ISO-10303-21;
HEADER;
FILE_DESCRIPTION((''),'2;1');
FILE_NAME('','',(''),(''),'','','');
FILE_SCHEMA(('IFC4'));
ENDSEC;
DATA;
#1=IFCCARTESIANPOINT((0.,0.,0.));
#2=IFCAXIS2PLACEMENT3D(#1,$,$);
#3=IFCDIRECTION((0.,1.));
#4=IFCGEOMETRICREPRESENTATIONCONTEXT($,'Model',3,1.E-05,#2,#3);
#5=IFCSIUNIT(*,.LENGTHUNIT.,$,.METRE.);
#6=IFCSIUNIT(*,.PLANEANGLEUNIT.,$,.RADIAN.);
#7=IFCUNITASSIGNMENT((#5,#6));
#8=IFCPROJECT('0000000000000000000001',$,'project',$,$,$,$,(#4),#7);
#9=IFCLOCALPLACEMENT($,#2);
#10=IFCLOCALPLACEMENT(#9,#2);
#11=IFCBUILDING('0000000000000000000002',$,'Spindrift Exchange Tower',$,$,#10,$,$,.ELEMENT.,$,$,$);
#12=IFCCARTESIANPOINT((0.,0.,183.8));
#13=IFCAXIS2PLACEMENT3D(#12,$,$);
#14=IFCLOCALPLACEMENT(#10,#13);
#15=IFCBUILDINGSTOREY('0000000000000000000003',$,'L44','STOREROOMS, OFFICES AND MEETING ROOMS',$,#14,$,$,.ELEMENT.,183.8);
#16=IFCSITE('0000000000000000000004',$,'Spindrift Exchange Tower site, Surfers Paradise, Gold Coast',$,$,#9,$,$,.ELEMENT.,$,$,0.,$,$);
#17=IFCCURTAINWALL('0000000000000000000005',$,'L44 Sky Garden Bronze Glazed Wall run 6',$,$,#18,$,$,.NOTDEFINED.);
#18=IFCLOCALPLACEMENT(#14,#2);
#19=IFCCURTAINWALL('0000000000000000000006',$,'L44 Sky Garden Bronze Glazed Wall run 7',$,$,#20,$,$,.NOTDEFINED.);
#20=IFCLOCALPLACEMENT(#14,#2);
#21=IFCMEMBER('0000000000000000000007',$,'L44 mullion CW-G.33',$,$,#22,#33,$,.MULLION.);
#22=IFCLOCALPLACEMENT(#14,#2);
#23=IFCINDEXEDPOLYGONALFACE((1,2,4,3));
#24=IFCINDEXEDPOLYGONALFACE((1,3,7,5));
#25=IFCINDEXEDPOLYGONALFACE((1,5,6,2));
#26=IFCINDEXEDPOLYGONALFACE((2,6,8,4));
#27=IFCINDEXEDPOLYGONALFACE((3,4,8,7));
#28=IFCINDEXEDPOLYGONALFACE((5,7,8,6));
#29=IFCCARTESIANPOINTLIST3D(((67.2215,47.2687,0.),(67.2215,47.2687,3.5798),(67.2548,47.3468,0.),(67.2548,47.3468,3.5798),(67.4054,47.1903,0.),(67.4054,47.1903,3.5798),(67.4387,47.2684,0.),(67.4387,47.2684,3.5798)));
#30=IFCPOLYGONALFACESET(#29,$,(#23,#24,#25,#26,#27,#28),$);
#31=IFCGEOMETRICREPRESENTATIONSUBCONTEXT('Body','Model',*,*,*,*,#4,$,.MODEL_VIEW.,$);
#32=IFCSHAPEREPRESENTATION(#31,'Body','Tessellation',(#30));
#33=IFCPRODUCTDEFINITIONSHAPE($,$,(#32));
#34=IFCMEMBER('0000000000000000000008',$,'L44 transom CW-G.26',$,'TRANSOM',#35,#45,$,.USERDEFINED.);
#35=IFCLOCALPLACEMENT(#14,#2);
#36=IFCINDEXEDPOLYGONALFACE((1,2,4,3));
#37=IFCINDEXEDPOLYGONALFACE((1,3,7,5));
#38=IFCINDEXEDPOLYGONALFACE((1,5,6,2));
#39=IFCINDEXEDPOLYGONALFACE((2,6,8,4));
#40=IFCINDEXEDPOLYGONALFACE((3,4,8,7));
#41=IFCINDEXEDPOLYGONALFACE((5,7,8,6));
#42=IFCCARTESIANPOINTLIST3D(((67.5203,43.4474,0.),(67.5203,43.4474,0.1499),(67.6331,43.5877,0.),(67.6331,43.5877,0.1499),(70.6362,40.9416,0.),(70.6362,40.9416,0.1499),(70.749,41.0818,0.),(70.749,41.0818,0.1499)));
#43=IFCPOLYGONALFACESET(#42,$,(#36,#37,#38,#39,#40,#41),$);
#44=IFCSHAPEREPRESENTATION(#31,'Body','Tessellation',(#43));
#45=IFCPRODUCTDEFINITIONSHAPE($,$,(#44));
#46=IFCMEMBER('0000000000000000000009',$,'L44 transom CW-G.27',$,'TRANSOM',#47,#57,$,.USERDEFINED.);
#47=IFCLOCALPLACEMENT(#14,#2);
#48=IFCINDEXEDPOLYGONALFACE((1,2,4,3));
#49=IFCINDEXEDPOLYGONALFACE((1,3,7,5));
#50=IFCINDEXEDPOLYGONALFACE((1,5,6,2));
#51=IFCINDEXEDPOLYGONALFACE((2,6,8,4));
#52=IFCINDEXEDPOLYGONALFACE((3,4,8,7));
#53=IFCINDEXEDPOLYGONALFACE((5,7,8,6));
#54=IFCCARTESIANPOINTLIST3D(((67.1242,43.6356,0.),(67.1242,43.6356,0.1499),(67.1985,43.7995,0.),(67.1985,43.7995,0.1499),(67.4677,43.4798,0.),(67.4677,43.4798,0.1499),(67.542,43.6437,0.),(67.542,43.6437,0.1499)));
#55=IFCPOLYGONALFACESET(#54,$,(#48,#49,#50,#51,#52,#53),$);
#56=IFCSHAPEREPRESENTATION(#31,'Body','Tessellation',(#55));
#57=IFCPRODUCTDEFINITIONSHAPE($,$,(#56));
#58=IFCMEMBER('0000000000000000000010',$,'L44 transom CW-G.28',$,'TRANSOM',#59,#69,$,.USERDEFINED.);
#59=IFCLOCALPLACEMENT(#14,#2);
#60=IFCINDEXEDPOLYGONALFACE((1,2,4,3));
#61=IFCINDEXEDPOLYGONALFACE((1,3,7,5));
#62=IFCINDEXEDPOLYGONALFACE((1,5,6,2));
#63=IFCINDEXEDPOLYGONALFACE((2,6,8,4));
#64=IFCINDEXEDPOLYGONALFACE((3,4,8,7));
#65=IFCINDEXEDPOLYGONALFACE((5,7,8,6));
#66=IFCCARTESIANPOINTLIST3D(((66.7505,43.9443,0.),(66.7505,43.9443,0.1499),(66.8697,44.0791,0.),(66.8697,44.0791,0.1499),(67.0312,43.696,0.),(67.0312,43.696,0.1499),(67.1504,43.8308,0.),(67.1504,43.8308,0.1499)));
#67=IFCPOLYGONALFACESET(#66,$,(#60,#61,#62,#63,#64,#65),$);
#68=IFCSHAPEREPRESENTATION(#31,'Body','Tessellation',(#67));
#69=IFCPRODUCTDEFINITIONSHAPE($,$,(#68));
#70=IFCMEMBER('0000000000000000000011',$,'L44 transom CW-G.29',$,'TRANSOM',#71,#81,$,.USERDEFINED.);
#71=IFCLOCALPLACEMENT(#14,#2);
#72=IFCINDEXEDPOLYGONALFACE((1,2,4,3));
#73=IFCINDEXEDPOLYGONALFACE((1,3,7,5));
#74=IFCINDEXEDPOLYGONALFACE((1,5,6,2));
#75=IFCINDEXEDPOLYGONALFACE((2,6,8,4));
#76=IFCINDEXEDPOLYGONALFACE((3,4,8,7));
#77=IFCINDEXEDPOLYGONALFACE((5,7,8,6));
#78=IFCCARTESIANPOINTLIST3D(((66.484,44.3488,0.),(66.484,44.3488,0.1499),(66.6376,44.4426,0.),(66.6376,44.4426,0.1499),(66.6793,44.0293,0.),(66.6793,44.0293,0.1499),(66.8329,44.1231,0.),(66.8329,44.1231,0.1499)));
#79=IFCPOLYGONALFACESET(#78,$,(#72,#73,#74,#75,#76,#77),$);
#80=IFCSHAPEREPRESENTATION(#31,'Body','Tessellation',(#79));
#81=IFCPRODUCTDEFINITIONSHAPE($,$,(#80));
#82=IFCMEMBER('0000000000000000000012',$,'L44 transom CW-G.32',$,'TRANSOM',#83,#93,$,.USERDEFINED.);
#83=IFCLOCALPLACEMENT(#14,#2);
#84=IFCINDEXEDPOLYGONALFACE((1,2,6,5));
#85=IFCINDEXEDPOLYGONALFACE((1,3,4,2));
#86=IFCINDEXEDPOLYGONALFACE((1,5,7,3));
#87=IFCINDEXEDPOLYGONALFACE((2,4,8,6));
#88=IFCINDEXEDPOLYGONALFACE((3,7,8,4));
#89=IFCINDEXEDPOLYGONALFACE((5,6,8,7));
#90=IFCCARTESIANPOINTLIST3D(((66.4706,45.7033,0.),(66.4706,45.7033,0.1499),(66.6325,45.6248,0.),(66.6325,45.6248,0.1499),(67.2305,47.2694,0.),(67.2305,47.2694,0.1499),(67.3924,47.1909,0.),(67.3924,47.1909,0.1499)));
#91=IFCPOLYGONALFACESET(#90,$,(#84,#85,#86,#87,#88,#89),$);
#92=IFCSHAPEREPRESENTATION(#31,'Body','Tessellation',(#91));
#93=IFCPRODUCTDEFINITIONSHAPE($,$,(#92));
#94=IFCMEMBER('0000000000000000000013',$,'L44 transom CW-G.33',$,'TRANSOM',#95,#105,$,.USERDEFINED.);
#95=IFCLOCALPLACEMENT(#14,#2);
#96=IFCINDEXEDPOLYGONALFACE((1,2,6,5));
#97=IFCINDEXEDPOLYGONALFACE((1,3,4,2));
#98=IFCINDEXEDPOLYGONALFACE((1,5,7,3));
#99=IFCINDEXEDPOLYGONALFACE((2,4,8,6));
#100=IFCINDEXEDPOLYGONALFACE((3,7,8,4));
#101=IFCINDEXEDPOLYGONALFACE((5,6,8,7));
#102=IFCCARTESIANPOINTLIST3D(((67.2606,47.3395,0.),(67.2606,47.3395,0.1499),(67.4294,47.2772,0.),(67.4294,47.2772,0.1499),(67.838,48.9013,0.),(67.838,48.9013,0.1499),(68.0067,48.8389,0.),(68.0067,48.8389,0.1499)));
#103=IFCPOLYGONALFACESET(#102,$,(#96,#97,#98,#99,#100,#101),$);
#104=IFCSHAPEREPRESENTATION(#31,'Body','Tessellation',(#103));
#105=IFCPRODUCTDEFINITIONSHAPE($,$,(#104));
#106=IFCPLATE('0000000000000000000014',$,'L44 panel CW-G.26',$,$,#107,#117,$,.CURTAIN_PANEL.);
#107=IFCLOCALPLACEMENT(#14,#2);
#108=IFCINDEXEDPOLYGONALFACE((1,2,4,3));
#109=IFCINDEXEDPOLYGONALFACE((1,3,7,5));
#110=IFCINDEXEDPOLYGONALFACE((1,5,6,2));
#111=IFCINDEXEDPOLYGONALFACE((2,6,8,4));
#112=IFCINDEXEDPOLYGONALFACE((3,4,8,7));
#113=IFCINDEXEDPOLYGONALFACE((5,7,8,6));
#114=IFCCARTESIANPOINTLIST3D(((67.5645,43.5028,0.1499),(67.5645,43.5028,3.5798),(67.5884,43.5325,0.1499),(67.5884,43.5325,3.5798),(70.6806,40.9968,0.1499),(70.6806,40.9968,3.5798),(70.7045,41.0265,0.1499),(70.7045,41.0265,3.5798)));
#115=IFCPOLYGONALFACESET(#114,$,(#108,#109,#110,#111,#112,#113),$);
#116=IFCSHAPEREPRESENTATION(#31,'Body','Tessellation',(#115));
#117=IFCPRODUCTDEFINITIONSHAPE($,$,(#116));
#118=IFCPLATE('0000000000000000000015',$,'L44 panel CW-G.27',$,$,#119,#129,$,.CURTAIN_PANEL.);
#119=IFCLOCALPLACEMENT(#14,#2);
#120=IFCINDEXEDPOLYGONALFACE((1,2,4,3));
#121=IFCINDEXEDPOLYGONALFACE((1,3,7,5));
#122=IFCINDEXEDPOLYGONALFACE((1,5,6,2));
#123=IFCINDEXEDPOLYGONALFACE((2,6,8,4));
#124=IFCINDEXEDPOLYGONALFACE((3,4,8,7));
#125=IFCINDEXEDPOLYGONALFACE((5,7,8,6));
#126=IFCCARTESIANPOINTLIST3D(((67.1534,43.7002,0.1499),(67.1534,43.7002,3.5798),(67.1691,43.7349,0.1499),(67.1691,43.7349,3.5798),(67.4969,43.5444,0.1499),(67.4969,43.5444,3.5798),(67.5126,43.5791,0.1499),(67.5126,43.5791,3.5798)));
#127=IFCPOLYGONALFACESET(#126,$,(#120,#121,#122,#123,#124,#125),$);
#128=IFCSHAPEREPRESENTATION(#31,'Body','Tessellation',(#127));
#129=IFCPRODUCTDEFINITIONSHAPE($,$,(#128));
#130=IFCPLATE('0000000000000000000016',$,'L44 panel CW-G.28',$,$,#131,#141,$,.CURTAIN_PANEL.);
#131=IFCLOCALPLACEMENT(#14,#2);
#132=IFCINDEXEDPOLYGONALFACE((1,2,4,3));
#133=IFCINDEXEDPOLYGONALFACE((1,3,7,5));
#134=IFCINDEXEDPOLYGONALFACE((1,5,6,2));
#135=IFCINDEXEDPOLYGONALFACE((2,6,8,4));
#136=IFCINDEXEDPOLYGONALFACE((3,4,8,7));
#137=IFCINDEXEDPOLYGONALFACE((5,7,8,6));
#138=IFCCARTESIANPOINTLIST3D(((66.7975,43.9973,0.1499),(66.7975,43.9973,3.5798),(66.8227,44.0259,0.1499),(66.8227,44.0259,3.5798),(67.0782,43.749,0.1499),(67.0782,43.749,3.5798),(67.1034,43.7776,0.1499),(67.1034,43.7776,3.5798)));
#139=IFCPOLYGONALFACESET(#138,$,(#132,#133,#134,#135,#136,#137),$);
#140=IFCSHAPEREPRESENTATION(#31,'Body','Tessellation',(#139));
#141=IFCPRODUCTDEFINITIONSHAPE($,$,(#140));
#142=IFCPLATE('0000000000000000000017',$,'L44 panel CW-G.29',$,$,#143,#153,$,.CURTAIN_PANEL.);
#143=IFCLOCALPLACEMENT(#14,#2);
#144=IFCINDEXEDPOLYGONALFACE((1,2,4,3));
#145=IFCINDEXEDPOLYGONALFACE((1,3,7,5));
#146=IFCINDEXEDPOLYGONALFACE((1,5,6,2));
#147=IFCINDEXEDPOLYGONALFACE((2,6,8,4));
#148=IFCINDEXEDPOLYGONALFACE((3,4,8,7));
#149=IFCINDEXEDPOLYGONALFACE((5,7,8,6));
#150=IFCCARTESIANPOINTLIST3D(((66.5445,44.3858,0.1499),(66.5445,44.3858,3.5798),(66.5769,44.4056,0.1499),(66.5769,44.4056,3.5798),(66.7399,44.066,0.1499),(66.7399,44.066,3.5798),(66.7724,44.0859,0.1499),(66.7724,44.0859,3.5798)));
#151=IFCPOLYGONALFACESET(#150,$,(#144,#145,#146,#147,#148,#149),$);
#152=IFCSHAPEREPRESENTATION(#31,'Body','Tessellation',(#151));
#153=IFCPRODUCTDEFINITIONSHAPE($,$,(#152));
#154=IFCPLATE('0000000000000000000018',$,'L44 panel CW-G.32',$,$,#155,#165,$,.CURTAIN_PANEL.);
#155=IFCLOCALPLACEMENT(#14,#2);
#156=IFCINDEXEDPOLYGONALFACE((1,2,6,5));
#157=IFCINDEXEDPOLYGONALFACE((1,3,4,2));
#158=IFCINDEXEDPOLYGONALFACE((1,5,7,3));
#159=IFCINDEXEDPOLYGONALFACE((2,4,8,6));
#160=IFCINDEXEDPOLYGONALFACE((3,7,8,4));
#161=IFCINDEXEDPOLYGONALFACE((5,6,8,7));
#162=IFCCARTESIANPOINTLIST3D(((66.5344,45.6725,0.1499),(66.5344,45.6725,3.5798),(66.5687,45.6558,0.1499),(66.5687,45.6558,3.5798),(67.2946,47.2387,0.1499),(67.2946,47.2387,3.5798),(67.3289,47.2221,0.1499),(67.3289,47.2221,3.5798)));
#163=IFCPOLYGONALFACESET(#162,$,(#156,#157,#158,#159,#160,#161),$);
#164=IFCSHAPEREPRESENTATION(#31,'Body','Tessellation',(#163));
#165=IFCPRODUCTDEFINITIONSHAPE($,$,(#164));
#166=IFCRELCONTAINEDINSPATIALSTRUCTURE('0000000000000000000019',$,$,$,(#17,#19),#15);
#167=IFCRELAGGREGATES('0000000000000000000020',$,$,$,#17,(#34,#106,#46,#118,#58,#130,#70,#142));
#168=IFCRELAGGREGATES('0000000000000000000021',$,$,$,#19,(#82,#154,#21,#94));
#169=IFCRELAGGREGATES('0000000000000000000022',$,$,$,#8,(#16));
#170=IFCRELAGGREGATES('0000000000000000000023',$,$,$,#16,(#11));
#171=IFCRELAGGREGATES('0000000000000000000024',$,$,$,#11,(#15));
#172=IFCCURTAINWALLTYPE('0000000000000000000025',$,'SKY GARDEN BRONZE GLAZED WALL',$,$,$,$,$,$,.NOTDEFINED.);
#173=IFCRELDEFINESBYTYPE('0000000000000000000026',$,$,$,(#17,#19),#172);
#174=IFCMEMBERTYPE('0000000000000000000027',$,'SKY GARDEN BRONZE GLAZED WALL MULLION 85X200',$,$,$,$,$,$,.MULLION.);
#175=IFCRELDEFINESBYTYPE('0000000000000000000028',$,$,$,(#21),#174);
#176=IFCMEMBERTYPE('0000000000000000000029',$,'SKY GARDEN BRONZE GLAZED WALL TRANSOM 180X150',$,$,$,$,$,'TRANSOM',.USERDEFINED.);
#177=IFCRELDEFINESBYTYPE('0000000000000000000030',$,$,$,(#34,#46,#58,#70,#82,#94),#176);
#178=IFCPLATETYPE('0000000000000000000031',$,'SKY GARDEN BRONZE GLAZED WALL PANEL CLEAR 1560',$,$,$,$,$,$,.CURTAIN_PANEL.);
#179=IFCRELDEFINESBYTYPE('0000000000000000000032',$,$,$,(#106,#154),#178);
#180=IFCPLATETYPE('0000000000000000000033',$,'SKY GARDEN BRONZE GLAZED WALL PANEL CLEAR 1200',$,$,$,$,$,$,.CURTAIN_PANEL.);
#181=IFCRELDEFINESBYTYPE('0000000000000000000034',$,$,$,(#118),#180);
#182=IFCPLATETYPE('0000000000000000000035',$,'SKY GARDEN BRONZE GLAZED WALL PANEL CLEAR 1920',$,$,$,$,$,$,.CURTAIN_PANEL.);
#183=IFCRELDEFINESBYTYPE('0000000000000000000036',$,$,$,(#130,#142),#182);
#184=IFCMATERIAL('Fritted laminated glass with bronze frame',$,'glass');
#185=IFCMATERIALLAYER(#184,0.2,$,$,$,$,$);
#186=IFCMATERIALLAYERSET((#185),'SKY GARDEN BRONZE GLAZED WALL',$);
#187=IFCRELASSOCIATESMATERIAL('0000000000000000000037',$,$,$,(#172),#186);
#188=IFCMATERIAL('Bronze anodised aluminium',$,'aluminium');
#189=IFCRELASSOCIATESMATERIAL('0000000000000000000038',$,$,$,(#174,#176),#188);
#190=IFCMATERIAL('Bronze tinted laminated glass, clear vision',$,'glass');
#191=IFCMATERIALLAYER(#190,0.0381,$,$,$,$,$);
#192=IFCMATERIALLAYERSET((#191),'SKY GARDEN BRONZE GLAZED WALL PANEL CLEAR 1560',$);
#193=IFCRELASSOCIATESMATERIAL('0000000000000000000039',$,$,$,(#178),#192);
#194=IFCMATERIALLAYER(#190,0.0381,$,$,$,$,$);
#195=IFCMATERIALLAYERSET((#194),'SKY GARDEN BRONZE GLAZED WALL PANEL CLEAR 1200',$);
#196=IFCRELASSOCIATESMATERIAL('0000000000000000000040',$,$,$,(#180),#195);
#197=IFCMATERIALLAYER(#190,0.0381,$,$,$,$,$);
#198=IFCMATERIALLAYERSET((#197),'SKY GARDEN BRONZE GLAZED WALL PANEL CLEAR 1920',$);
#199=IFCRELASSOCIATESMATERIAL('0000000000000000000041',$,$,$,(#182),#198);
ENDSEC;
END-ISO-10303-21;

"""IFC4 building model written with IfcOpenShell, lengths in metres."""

from ifc_helpers import new_model, si_unit, direction, frame, origin, origin_2d, place, context, subcontext, project, spatial, rectangle, extrude, source, transform, mapped, material, layer, layer_set, material_profile, profile_set, type_object, element, aggregate, save


model = new_model("IFC4")

# Units and contexts
model_context = context("Model", 3, precision=1e-05, world=origin(), true_north=direction((0.0, 1.0)))
body_context = subcontext(model_context, "Body", "Model", "MODEL_VIEW")
ifc_project = project(units=[si_unit("LENGTHUNIT", "METRE"), si_unit("PLANEANGLEUNIT", "RADIAN")], contexts=[model_context])

# Site, building, storey
site_placement = place(None, origin())
site = spatial("IfcSite", under=ifc_project, at=site_placement, Name="Spindrift Exchange Tower site, Surfers Paradise, Gold Coast", CompositionType="ELEMENT", RefElevation=0.0)
building_placement = place(site_placement, origin())
building = spatial("IfcBuilding", under=site, at=building_placement, Name="Spindrift Exchange Tower", CompositionType="ELEMENT")
storey_placement = place(building_placement, frame((0.0, 0.0, 183.8)))
storey = spatial("IfcBuildingStorey", under=building, at=storey_placement, Name="L44", Description="STOREROOMS, OFFICES AND MEETING ROOMS", CompositionType="ELEMENT", Elevation=183.8)

# Curtain wall
ifc_material_1 = material(Name="Fritted laminated glass with bronze frame", Category="glass")
ifc_layer_1 = layer(ifc_material_1, 0.2)
ifc_layer_set_1 = layer_set([ifc_layer_1], Name="SKY GARDEN BRONZE GLAZED WALL")
curtain_wall_type = type_object("IfcCurtainWallType", Name="SKY GARDEN BRONZE GLAZED WALL", PredefinedType="NOTDEFINED", material=ifc_layer_set_1)
curtain_wall_1_placement = place(storey_placement, origin())
curtain_wall_1 = element("IfcCurtainWall", 1, at=curtain_wall_1_placement, inside=storey, type_object=curtain_wall_type, Name="L44 Sky Garden Bronze Glazed Wall run 6", PredefinedType="NOTDEFINED")
ifc_material_2 = material(Name="Bronze anodised aluminium", Category="aluminium")
ifc_material_profile_1 = material_profile(ifc_material_2, rectangle(XDim=0.085, YDim=0.2, at=origin_2d()), Name="SKY GARDEN BRONZE GLAZED WALL MULLION 85X200")
ifc_profile_set_1 = profile_set([ifc_material_profile_1], Name="Bronze anodised aluminium")
member_type_1 = type_object("IfcMemberType", Name="SKY GARDEN BRONZE GLAZED WALL MULLION 85X200", PredefinedType="MULLION", material=ifc_profile_set_1)
shared_shape_1 = source(origin(), body_context, "Body", "SweptSolid", [
    extrude(rectangle(XDim=0.085, YDim=0.2, at=origin_2d()), origin(), (0.0, 0.0, 1.0), 3.5798),
])

# Curtain wall, member
curtain_wall_2_placement = place(storey_placement, origin())
curtain_wall_2 = element("IfcCurtainWall", 2, at=curtain_wall_2_placement, inside=storey, type_object=curtain_wall_type, Name="L44 Sky Garden Bronze Glazed Wall run 7", PredefinedType="NOTDEFINED")
member_1_placement = place(storey_placement, frame((67.3301, 47.2686, 0.0), z_axis=(0.0, 0.0, 1.0), x_axis=(0.392166, 0.919895, 0.0)))
member_1 = element("IfcMember", 3, at=member_1_placement, type_object=member_type_1, Name="L44 mullion CW-G.33", PredefinedType="MULLION", context=body_context, shape_type="MappedRepresentation", body=[
    mapped(shared_shape_1, transform((0.0, 0.0, 0.0), scale=1.0)),
])

# Members
ifc_material_profile_2 = material_profile(ifc_material_2, rectangle(XDim=0.1799, YDim=0.1499, at=origin_2d()), Name="SKY GARDEN BRONZE GLAZED WALL TRANSOM 180X150")
ifc_profile_set_2 = profile_set([ifc_material_profile_2], Name="Bronze anodised aluminium")
member_type_2 = type_object("IfcMemberType", Name="SKY GARDEN BRONZE GLAZED WALL TRANSOM 180X150", ElementType="TRANSOM", PredefinedType="USERDEFINED", material=ifc_profile_set_2)
shared_shape_2 = source(origin(), body_context, "Body", "SweptSolid", [
    extrude(rectangle(XDim=0.1799, YDim=0.1499, at=origin_2d()), origin(), (0.0, 0.0, 1.0), 3.9985),
])
member_2_placement = place(storey_placement, frame((70.6926, 41.0117, 0.075), z_axis=(-0.77927, 0.626689, 0.0), x_axis=(-0.626689, -0.77927, 0.0)))
member_2 = element("IfcMember", 4, at=member_2_placement, type_object=member_type_2, Name="L44 transom CW-G.26", ObjectType="TRANSOM", PredefinedType="USERDEFINED", context=body_context, shape_type="MappedRepresentation", body=[
    mapped(shared_shape_2, transform((0.0, 0.0, 0.0), scale=1.0)),
])
shared_shape_3 = source(origin(), body_context, "Body", "SweptSolid", [
    extrude(rectangle(XDim=0.1799, YDim=0.1499, at=origin_2d()), origin(), (0.0, 0.0, 1.0), 0.3772),
])
member_3_placement = place(storey_placement, frame((67.5049, 43.5618, 0.075), z_axis=(-0.910743, 0.412974, 0.0), x_axis=(-0.412974, -0.910743, 0.0)))
member_3 = element("IfcMember", 5, at=member_3_placement, type_object=member_type_2, Name="L44 transom CW-G.27", ObjectType="TRANSOM", PredefinedType="USERDEFINED", context=body_context, shape_type="MappedRepresentation", body=[
    mapped(shared_shape_3, transform((0.0, 0.0, 0.0), scale=1.0)),
])
shared_shape_4 = source(origin(), body_context, "Body", "SweptSolid", [
    extrude(rectangle(XDim=0.1799, YDim=0.1499, at=origin_2d()), origin(), (0.0, 0.0, 1.0), 0.3748),
])
member_4_placement = place(storey_placement, frame((67.0908, 43.7634, 0.075), z_axis=(-0.749096, 0.662461, 0.0), x_axis=(-0.662461, -0.749096, 0.0)))
member_4 = element("IfcMember", 6, at=member_4_placement, type_object=member_type_2, Name="L44 transom CW-G.28", ObjectType="TRANSOM", PredefinedType="USERDEFINED", context=body_context, shape_type="MappedRepresentation", body=[
    mapped(shared_shape_4, transform((0.0, 0.0, 0.0), scale=1.0)),
])
shared_shape_5 = source(origin(), body_context, "Body", "SweptSolid", [
    extrude(rectangle(XDim=0.1799, YDim=0.1499, at=origin_2d()), origin(), (0.0, 0.0, 1.0), 0.3745),
])
member_5_placement = place(storey_placement, frame((66.7561, 44.0762, 0.075), z_axis=(-0.521476, 0.853266, 0.0), x_axis=(-0.853266, -0.521476, 0.0)))
member_5 = element("IfcMember", 7, at=member_5_placement, type_object=member_type_2, Name="L44 transom CW-G.29", ObjectType="TRANSOM", PredefinedType="USERDEFINED", context=body_context, shape_type="MappedRepresentation", body=[
    mapped(shared_shape_5, transform((0.0, 0.0, 0.0), scale=1.0)),
])
shared_shape_6 = source(origin(), body_context, "Body", "SweptSolid", [
    extrude(rectangle(XDim=0.1799, YDim=0.1499, at=origin_2d()), origin(), (0.0, 0.0, 1.0), 1.7407),
])
member_6_placement = place(storey_placement, frame((66.5515, 45.6641, 0.075), z_axis=(0.43658, 0.899666, 0.0), x_axis=(-0.899666, 0.43658, 0.0)))
member_6 = element("IfcMember", 8, at=member_6_placement, type_object=member_type_2, Name="L44 transom CW-G.32", ObjectType="TRANSOM", PredefinedType="USERDEFINED", context=body_context, shape_type="MappedRepresentation", body=[
    mapped(shared_shape_6, transform((0.0, 0.0, 0.0), scale=1.0)),
])
shared_shape_7 = source(origin(), body_context, "Body", "SweptSolid", [
    extrude(rectangle(XDim=0.1799, YDim=0.1499, at=origin_2d()), origin(), (0.0, 0.0, 1.0), 1.665),
])
member_7_placement = place(storey_placement, frame((67.345, 47.3083, 0.075), z_axis=(0.346765, 0.937952, 0.0), x_axis=(-0.937952, 0.346765, 0.0)))
member_7 = element("IfcMember", 9, at=member_7_placement, type_object=member_type_2, Name="L44 transom CW-G.33", ObjectType="TRANSOM", PredefinedType="USERDEFINED", context=body_context, shape_type="MappedRepresentation", body=[
    mapped(shared_shape_7, transform((0.0, 0.0, 0.0), scale=1.0)),
])

# Plates
ifc_material_3 = material(Name="Bronze tinted laminated glass, clear vision", Category="glass")
ifc_layer_2 = layer(ifc_material_3, 0.0381)
ifc_layer_set_2 = layer_set([ifc_layer_2], Name="SKY GARDEN BRONZE GLAZED WALL PANEL CLEAR 1560")
plate_type_1 = type_object("IfcPlateType", Name="SKY GARDEN BRONZE GLAZED WALL PANEL CLEAR 1560", PredefinedType="CURTAIN_PANEL", material=ifc_layer_set_2)
shared_shape_8 = source(origin(), body_context, "Body", "SweptSolid", [
    extrude(rectangle(XDim=3.9988, YDim=0.0381, at=origin_2d()), origin(), (0.0, 0.0, 1.0), 3.4299),
])
plate_1_placement = place(storey_placement, frame((69.1345, 42.2646, 0.1499), z_axis=(0.0, 0.0, 1.0), x_axis=(-0.779258, 0.626703, 0.0)))
plate_1 = element("IfcPlate", 10, at=plate_1_placement, type_object=plate_type_1, Name="L44 panel CW-G.26", PredefinedType="CURTAIN_PANEL", context=body_context, shape_type="MappedRepresentation", body=[
    mapped(shared_shape_8, transform((0.0, 0.0, 0.0), scale=1.0)),
])
ifc_layer_3 = layer(ifc_material_3, 0.0381)
ifc_layer_set_3 = layer_set([ifc_layer_3], Name="SKY GARDEN BRONZE GLAZED WALL PANEL CLEAR 1200")
plate_type_2 = type_object("IfcPlateType", Name="SKY GARDEN BRONZE GLAZED WALL PANEL CLEAR 1200", PredefinedType="CURTAIN_PANEL", material=ifc_layer_set_3)
shared_shape_9 = source(origin(), body_context, "Body", "SweptSolid", [
    extrude(rectangle(XDim=0.3772, YDim=0.0381, at=origin_2d()), origin(), (0.0, 0.0, 1.0), 3.4299),
])
plate_2_placement = place(storey_placement, frame((67.333, 43.6396, 0.1499), z_axis=(0.0, 0.0, 1.0), x_axis=(-0.910707, 0.413054, 0.0)))
plate_2 = element("IfcPlate", 11, at=plate_2_placement, type_object=plate_type_2, Name="L44 panel CW-G.27", PredefinedType="CURTAIN_PANEL", context=body_context, shape_type="MappedRepresentation", body=[
    mapped(shared_shape_9, transform((0.0, 0.0, 0.0), scale=1.0)),
])
ifc_layer_4 = layer(ifc_material_3, 0.0381)
ifc_layer_set_4 = layer_set([ifc_layer_4], Name="SKY GARDEN BRONZE GLAZED WALL PANEL CLEAR 1920")
plate_type_3 = type_object("IfcPlateType", Name="SKY GARDEN BRONZE GLAZED WALL PANEL CLEAR 1920", PredefinedType="CURTAIN_PANEL", material=ifc_layer_set_4)
shared_shape_10 = source(origin(), body_context, "Body", "SweptSolid", [
    extrude(rectangle(XDim=0.3748, YDim=0.0381, at=origin_2d()), origin(), (0.0, 0.0, 1.0), 3.4299),
])
plate_3_placement = place(storey_placement, frame((66.9504, 43.8875, 0.1499), z_axis=(0.0, 0.0, 1.0), x_axis=(-0.748967, 0.662607, 0.0)))
plate_3 = element("IfcPlate", 12, at=plate_3_placement, type_object=plate_type_3, Name="L44 panel CW-G.28", PredefinedType="CURTAIN_PANEL", context=body_context, shape_type="MappedRepresentation", body=[
    mapped(shared_shape_10, transform((0.0, 0.0, 0.0), scale=1.0)),
])
plate_4_placement = place(storey_placement, frame((66.6584, 44.2358, 0.1499), z_axis=(0.0, 0.0, 1.0), x_axis=(-0.521644, 0.853163, 0.0)))
plate_4 = element("IfcPlate", 13, at=plate_4_placement, type_object=plate_type_3, Name="L44 panel CW-G.29", PredefinedType="CURTAIN_PANEL", context=body_context, shape_type="MappedRepresentation", body=[
    mapped(shared_shape_10, transform((0.0, 0.0, 0.0), scale=1.0)),
])
aggregate(curtain_wall_1, [member_2, plate_1, member_3, plate_2, member_4, plate_3, member_5, plate_4])
shared_shape_11 = source(origin(), body_context, "Body", "SweptSolid", [
    extrude(rectangle(XDim=1.741, YDim=0.0381, at=origin_2d()), origin(), (0.0, 0.0, 1.0), 3.4299),
])
plate_5_placement = place(storey_placement, frame((66.9316, 46.4473, 0.1499), z_axis=(0.0, 0.0, 1.0), x_axis=(0.436646, 0.899633, 0.0)))
plate_5 = element("IfcPlate", 14, at=plate_5_placement, type_object=plate_type_1, Name="L44 panel CW-G.32", PredefinedType="CURTAIN_PANEL", context=body_context, shape_type="MappedRepresentation", body=[
    mapped(shared_shape_11, transform((0.0, 0.0, 0.0), scale=1.0)),
])
aggregate(curtain_wall_2, [member_6, plate_5, member_1, member_7])

save(model, "model.ifc")
